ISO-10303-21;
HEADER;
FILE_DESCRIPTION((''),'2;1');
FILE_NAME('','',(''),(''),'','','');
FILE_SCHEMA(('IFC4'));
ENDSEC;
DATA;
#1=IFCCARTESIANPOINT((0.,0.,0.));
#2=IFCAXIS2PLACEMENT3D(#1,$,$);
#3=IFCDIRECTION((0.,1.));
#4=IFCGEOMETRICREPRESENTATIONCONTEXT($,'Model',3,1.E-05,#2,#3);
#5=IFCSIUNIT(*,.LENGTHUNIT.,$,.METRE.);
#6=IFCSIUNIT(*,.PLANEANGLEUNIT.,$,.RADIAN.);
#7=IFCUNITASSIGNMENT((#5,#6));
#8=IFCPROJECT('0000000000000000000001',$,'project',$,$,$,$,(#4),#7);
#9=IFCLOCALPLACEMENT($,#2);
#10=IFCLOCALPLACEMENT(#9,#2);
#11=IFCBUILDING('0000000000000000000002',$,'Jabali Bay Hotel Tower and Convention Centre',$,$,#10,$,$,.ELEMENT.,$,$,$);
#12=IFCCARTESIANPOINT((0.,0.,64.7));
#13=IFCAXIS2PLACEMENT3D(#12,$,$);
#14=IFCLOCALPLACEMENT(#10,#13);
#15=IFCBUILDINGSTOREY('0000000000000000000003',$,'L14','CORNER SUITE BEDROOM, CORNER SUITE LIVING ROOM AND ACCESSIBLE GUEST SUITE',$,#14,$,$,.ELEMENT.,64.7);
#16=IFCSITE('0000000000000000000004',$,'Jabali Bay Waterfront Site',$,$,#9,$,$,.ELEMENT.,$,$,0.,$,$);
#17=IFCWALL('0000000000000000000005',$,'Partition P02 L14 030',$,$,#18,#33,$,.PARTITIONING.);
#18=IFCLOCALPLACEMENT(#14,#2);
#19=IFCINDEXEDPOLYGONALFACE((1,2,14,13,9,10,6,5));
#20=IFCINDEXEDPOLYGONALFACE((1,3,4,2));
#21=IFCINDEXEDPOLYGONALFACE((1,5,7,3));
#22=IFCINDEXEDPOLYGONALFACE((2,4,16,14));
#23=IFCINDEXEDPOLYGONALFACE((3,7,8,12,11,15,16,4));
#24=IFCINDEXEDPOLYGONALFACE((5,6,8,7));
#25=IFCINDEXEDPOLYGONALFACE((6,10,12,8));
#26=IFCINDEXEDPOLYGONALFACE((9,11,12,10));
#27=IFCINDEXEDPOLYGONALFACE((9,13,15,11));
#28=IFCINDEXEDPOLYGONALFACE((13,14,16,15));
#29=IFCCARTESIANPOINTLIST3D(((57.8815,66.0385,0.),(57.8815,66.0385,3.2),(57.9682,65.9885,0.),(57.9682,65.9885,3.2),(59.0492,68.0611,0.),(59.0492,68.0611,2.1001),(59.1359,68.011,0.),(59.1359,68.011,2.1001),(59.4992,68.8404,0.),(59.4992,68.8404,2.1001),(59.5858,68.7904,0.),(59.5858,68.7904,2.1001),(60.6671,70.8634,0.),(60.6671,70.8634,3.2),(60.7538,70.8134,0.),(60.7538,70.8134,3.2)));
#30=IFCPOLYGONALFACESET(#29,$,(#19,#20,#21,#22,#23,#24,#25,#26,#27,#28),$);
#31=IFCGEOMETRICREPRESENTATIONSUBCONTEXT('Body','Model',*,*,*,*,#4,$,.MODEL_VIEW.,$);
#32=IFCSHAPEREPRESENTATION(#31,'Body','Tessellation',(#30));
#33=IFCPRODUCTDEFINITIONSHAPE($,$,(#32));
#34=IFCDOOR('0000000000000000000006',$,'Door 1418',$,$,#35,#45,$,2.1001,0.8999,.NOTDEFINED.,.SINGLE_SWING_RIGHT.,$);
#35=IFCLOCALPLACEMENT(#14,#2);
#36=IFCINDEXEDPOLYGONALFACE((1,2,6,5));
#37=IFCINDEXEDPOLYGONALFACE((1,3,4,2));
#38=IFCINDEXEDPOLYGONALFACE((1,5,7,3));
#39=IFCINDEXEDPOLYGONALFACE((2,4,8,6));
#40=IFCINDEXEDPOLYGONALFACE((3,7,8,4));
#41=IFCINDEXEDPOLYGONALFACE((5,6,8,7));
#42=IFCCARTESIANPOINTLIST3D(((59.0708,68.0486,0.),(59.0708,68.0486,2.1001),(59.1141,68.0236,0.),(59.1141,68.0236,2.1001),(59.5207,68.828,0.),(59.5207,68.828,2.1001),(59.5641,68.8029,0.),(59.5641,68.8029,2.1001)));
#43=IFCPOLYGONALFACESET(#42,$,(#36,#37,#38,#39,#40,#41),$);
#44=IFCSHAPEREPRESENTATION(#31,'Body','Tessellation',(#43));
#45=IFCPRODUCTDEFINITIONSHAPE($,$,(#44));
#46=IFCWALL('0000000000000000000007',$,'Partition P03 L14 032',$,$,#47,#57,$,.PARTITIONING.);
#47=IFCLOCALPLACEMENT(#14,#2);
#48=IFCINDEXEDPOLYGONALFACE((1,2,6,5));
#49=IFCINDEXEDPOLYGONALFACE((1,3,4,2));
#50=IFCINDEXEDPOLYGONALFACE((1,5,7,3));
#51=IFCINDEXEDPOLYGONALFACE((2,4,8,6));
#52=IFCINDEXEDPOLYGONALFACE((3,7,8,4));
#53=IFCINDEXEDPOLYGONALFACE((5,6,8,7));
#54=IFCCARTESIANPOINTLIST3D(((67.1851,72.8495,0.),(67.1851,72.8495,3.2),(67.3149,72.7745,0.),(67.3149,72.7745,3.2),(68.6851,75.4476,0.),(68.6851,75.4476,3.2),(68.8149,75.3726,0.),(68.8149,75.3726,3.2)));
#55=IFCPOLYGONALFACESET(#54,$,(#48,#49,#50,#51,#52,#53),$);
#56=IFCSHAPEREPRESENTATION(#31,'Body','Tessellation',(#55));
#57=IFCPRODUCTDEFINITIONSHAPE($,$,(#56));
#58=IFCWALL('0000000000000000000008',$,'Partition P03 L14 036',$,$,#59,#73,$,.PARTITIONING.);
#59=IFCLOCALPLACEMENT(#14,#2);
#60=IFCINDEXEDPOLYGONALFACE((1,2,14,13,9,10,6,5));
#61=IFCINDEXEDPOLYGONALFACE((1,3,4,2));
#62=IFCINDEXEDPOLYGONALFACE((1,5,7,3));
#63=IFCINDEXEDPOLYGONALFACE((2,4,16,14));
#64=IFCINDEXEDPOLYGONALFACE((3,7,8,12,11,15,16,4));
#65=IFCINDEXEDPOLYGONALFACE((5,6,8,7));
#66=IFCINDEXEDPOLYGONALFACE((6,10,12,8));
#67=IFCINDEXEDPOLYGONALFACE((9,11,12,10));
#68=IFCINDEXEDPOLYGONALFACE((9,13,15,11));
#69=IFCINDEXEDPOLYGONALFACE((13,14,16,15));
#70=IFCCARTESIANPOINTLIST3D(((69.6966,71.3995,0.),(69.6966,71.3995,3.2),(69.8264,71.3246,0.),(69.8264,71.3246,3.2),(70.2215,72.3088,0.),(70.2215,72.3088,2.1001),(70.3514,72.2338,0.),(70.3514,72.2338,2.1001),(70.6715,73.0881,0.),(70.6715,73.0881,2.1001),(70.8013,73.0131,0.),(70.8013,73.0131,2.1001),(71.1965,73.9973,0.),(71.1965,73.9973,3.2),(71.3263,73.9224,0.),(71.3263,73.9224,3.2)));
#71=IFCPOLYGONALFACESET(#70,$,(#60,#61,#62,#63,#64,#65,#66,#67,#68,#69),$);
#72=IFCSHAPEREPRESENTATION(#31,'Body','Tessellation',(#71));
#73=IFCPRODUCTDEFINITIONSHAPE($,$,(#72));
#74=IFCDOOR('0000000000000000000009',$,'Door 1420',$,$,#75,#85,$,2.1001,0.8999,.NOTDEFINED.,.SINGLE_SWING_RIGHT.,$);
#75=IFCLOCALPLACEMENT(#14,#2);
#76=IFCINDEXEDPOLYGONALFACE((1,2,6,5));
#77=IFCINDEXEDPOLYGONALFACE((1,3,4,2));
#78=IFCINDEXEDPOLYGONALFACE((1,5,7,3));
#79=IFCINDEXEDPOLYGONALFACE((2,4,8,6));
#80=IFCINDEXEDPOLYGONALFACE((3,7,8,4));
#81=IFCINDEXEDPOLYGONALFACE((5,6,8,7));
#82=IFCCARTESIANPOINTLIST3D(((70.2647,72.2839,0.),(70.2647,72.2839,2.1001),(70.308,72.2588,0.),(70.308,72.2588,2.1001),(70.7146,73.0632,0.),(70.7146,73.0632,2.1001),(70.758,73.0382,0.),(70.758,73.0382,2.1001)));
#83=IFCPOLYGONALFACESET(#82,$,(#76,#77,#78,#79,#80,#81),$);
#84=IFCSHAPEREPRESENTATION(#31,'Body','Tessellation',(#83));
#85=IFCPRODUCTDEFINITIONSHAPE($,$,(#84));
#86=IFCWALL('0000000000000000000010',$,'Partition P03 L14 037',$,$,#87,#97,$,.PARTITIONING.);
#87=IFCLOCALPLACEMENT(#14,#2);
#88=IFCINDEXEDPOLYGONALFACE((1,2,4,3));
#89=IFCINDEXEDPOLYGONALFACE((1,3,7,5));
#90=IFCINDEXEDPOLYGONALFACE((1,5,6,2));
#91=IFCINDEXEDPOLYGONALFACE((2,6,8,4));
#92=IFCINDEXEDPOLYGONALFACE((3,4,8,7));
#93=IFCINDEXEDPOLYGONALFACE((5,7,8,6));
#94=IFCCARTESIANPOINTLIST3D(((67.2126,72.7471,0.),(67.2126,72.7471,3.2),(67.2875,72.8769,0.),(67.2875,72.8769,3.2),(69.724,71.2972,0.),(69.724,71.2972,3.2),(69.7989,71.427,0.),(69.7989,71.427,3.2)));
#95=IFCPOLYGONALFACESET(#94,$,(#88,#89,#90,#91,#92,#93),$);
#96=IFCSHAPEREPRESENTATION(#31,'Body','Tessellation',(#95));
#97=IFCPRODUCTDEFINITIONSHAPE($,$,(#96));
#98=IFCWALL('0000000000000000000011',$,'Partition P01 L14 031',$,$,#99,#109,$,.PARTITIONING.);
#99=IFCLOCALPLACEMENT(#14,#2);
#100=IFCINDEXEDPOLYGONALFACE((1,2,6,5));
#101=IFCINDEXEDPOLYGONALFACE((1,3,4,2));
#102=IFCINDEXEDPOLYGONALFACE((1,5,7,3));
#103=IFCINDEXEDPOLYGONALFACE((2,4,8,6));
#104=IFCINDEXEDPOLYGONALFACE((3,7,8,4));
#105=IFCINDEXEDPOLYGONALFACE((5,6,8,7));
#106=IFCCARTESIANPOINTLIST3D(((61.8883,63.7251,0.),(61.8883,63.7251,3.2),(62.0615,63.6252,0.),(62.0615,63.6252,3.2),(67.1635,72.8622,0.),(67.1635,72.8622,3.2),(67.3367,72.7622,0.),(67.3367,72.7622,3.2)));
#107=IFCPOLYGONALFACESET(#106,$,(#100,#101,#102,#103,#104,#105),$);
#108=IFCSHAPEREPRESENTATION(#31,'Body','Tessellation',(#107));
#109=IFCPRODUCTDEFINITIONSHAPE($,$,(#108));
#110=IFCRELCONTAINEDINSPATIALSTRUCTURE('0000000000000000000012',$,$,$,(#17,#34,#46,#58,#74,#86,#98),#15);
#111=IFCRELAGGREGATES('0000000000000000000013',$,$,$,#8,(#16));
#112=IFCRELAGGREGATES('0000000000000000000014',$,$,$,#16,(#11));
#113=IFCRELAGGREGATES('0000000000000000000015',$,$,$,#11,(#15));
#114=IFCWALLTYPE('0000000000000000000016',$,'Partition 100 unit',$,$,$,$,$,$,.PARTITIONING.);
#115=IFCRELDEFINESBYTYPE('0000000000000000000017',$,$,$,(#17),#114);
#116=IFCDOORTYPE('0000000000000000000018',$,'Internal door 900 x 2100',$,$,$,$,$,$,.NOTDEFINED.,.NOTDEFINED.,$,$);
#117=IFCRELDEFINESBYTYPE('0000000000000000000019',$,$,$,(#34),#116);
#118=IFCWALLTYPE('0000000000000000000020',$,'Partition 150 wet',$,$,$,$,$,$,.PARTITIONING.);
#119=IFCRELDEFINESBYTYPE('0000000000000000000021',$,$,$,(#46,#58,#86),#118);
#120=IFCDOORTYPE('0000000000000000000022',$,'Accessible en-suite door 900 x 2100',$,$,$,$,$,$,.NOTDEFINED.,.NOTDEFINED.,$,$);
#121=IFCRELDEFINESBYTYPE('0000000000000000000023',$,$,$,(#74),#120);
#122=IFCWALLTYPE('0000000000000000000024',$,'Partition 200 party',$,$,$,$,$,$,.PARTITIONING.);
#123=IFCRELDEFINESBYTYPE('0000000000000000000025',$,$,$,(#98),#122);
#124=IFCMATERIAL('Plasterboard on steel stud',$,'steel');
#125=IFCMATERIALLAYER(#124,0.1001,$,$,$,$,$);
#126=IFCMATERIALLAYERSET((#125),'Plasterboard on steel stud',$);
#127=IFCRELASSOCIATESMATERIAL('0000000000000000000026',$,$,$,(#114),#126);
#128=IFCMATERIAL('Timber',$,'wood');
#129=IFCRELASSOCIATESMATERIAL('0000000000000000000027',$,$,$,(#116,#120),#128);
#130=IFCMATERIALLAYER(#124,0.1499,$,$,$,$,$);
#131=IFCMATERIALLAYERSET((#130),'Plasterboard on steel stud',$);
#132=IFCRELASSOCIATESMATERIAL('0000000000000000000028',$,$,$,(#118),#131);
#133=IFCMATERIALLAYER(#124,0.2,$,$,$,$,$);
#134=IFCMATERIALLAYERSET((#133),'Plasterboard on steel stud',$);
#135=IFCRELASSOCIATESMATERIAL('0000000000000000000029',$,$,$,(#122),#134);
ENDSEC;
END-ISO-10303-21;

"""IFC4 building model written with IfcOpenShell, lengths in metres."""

from ifc_helpers import new_model, si_unit, direction, frame, frame_2d, origin, place, context, subcontext, project, spatial, rectangle, extrude, material, layer, layer_set, type_object, element, fill, save


model = new_model("IFC4")

# Units and contexts
model_context = context("Model", 3, precision=1e-05, world=origin(), true_north=direction((0.0, 1.0)))
body_context = subcontext(model_context, "Body", "Model", "MODEL_VIEW")
ifc_project = project(units=[si_unit("LENGTHUNIT", "METRE"), si_unit("PLANEANGLEUNIT", "RADIAN")], contexts=[model_context])

# Site, building, storey
site_placement = place(None, origin())
site = spatial("IfcSite", under=ifc_project, at=site_placement, Name="Jabali Bay Waterfront Site", CompositionType="ELEMENT", RefElevation=0.0)
building_placement = place(site_placement, origin())
building = spatial("IfcBuilding", under=site, at=building_placement, Name="Jabali Bay Hotel Tower and Convention Centre", CompositionType="ELEMENT")
storey_placement = place(building_placement, frame((0.0, 0.0, 64.7)))
storey = spatial("IfcBuildingStorey", under=building, at=storey_placement, Name="L14", Description="CORNER SUITE BEDROOM, CORNER SUITE LIVING ROOM AND ACCESSIBLE GUEST SUITE", CompositionType="ELEMENT", Elevation=64.7)

# Shared definitions
ifc_material_1 = material(Name="Timber", Category="wood")

# Wall, opening, door
ifc_material_2 = material(Name="Plasterboard on steel stud", Category="steel")
ifc_layer_1 = layer(ifc_material_2, 0.1001)
ifc_layer_set_1 = layer_set([ifc_layer_1], Name="Plasterboard on steel stud")
wall_type_1 = type_object("IfcWallType", Name="Partition 100 unit", PredefinedType="PARTITIONING", material=ifc_layer_set_1)
wall_1_placement = place(storey_placement, frame((60.7104, 70.8384, 0.0), z_axis=(0.0, 0.0, 1.0), x_axis=(-0.499994, -0.866029, 0.0)))
wall_1 = element("IfcWall", 1, at=wall_1_placement, inside=storey, type_object=wall_type_1, Name="Partition P02 L14 030", PredefinedType="PARTITIONING", context=body_context, shape_type="SweptSolid", body=[
    extrude(rectangle(XDim=5.5713, YDim=0.1001, at=frame_2d((2.7856, 0.0))), origin(), (0.0, 0.0, 1.0), 3.2),
])
opening_1_placement = place(wall_1_placement, frame((2.3359, 0.0, 0.0)))
opening_1 = element("IfcOpeningElement", 2, at=opening_1_placement, cuts=wall_1, PredefinedType="OPENING", context=body_context, shape_type="SweptSolid", body=[
    extrude(rectangle(XDim=0.8999, YDim=2.1001, at=frame_2d((0.45, 1.05))), frame((0.0, 0.0605, 0.0), z_axis=(0.0, -1.0, 0.0), x_axis=(1.0, 0.0, 0.0)), (0.0, 0.0, 1.0), 0.1211),
])
door_type_1 = type_object("IfcDoorType", Name="Internal door 900 x 2100", OperationType="NOTDEFINED", PredefinedType="NOTDEFINED", material=ifc_material_1)
door_1_placement = place(opening_1_placement, origin())
door_1 = element("IfcDoor", 3, at=door_1_placement, inside=storey, type_object=door_type_1, Name="Door 1418", OperationType="SINGLE_SWING_RIGHT", OverallHeight=2.1001, OverallWidth=0.8999, PredefinedType="NOTDEFINED", context=body_context, shape_type="SweptSolid", body=[
    extrude(rectangle(XDim=0.8999, YDim=2.1001, at=frame_2d((0.45, 1.05))), frame((0.0, 0.0249, 0.0), z_axis=(0.0, -1.0, 0.0), x_axis=(1.0, 0.0, 0.0)), (0.0, 0.0, 1.0), 0.05),
])
fill(opening_1, door_1)

# Wall
ifc_layer_2 = layer(ifc_material_2, 0.1499)
ifc_layer_set_2 = layer_set([ifc_layer_2], Name="Plasterboard on steel stud")
wall_type_2 = type_object("IfcWallType", Name="Partition 150 wet", PredefinedType="PARTITIONING", material=ifc_layer_set_2)
wall_2_placement = place(storey_placement, frame((67.25, 72.812, 0.0), z_axis=(0.0, 0.0, 1.0), x_axis=(0.49999, 0.866031, 0.0)))
element("IfcWall", 4, at=wall_2_placement, inside=storey, type_object=wall_type_2, Name="Partition P03 L14 032", PredefinedType="PARTITIONING", context=body_context, shape_type="SweptSolid", body=[
    extrude(rectangle(XDim=3.0, YDim=0.1499, at=frame_2d((1.5, 0.0))), origin(), (0.0, 0.0, 1.0), 3.2),
])

# Wall, opening, door
wall_3_placement = place(storey_placement, frame((71.2615, 73.96, 0.0), z_axis=(0.0, 0.0, 1.0), x_axis=(-0.500025, -0.866011, 0.0)))
wall_3 = element("IfcWall", 5, at=wall_3_placement, inside=storey, type_object=wall_type_2, Name="Partition P03 L14 036", PredefinedType="PARTITIONING", context=body_context, shape_type="SweptSolid", body=[
    extrude(rectangle(XDim=2.9998, YDim=0.1499, at=frame_2d((1.5, 0.0))), origin(), (0.0, 0.0, 1.0), 3.2),
])
opening_2_placement = place(wall_3_placement, frame((1.05, 0.0, 0.0)))
opening_2 = element("IfcOpeningElement", 6, at=opening_2_placement, cuts=wall_3, PredefinedType="OPENING", context=body_context, shape_type="SweptSolid", body=[
    extrude(rectangle(XDim=0.8999, YDim=2.1001, at=frame_2d((0.45, 1.05))), frame((0.0, 0.0854, 0.0), z_axis=(0.0, -1.0, 0.0), x_axis=(1.0, 0.0, 0.0)), (0.0, 0.0, 1.0), 0.1709),
])
door_type_2 = type_object("IfcDoorType", Name="Accessible en-suite door 900 x 2100", OperationType="NOTDEFINED", PredefinedType="NOTDEFINED", material=ifc_material_1)
door_2_placement = place(opening_2_placement, origin())
door_2 = element("IfcDoor", 7, at=door_2_placement, inside=storey, type_object=door_type_2, Name="Door 1420", OperationType="SINGLE_SWING_RIGHT", OverallHeight=2.1001, OverallWidth=0.8999, PredefinedType="NOTDEFINED", context=body_context, shape_type="SweptSolid", body=[
    extrude(rectangle(XDim=0.8999, YDim=2.1001, at=frame_2d((0.45, 1.05))), frame((0.0, 0.0249, 0.0), z_axis=(0.0, -1.0, 0.0), x_axis=(1.0, 0.0, 0.0)), (0.0, 0.0, 1.0), 0.05),
])
fill(opening_2, door_2)

# Walls
wall_4_placement = place(storey_placement, frame((69.7615, 71.3621, 0.0), z_axis=(0.0, 0.0, 1.0), x_axis=(-0.866033, 0.499987, 0.0)))
element("IfcWall", 8, at=wall_4_placement, inside=storey, type_object=wall_type_2, Name="Partition P03 L14 037", PredefinedType="PARTITIONING", context=body_context, shape_type="SweptSolid", body=[
    extrude(rectangle(XDim=2.8999, YDim=0.1499, at=frame_2d((1.45, 0.0))), origin(), (0.0, 0.0, 1.0), 3.2),
])
ifc_layer_3 = layer(ifc_material_2, 0.2)
ifc_layer_set_3 = layer_set([ifc_layer_3], Name="Plasterboard on steel stud")
wall_type_3 = type_object("IfcWallType", Name="Partition 200 party", PredefinedType="PARTITIONING", material=ifc_layer_set_3)
wall_5_placement = place(storey_placement, frame((61.9749, 63.675, 0.0), z_axis=(0.0, 0.0, 1.0), x_axis=(0.499994, 0.866029, 0.0)))
element("IfcWall", 9, at=wall_5_placement, inside=storey, type_object=wall_type_3, Name="Partition P01 L14 031", PredefinedType="PARTITIONING", context=body_context, shape_type="SweptSolid", body=[
    extrude(rectangle(XDim=10.5505, YDim=0.2, at=frame_2d((5.2754, 0.0))), origin(), (0.0, 0.0, 1.0), 3.2),
])

save(model, "model.ifc")
